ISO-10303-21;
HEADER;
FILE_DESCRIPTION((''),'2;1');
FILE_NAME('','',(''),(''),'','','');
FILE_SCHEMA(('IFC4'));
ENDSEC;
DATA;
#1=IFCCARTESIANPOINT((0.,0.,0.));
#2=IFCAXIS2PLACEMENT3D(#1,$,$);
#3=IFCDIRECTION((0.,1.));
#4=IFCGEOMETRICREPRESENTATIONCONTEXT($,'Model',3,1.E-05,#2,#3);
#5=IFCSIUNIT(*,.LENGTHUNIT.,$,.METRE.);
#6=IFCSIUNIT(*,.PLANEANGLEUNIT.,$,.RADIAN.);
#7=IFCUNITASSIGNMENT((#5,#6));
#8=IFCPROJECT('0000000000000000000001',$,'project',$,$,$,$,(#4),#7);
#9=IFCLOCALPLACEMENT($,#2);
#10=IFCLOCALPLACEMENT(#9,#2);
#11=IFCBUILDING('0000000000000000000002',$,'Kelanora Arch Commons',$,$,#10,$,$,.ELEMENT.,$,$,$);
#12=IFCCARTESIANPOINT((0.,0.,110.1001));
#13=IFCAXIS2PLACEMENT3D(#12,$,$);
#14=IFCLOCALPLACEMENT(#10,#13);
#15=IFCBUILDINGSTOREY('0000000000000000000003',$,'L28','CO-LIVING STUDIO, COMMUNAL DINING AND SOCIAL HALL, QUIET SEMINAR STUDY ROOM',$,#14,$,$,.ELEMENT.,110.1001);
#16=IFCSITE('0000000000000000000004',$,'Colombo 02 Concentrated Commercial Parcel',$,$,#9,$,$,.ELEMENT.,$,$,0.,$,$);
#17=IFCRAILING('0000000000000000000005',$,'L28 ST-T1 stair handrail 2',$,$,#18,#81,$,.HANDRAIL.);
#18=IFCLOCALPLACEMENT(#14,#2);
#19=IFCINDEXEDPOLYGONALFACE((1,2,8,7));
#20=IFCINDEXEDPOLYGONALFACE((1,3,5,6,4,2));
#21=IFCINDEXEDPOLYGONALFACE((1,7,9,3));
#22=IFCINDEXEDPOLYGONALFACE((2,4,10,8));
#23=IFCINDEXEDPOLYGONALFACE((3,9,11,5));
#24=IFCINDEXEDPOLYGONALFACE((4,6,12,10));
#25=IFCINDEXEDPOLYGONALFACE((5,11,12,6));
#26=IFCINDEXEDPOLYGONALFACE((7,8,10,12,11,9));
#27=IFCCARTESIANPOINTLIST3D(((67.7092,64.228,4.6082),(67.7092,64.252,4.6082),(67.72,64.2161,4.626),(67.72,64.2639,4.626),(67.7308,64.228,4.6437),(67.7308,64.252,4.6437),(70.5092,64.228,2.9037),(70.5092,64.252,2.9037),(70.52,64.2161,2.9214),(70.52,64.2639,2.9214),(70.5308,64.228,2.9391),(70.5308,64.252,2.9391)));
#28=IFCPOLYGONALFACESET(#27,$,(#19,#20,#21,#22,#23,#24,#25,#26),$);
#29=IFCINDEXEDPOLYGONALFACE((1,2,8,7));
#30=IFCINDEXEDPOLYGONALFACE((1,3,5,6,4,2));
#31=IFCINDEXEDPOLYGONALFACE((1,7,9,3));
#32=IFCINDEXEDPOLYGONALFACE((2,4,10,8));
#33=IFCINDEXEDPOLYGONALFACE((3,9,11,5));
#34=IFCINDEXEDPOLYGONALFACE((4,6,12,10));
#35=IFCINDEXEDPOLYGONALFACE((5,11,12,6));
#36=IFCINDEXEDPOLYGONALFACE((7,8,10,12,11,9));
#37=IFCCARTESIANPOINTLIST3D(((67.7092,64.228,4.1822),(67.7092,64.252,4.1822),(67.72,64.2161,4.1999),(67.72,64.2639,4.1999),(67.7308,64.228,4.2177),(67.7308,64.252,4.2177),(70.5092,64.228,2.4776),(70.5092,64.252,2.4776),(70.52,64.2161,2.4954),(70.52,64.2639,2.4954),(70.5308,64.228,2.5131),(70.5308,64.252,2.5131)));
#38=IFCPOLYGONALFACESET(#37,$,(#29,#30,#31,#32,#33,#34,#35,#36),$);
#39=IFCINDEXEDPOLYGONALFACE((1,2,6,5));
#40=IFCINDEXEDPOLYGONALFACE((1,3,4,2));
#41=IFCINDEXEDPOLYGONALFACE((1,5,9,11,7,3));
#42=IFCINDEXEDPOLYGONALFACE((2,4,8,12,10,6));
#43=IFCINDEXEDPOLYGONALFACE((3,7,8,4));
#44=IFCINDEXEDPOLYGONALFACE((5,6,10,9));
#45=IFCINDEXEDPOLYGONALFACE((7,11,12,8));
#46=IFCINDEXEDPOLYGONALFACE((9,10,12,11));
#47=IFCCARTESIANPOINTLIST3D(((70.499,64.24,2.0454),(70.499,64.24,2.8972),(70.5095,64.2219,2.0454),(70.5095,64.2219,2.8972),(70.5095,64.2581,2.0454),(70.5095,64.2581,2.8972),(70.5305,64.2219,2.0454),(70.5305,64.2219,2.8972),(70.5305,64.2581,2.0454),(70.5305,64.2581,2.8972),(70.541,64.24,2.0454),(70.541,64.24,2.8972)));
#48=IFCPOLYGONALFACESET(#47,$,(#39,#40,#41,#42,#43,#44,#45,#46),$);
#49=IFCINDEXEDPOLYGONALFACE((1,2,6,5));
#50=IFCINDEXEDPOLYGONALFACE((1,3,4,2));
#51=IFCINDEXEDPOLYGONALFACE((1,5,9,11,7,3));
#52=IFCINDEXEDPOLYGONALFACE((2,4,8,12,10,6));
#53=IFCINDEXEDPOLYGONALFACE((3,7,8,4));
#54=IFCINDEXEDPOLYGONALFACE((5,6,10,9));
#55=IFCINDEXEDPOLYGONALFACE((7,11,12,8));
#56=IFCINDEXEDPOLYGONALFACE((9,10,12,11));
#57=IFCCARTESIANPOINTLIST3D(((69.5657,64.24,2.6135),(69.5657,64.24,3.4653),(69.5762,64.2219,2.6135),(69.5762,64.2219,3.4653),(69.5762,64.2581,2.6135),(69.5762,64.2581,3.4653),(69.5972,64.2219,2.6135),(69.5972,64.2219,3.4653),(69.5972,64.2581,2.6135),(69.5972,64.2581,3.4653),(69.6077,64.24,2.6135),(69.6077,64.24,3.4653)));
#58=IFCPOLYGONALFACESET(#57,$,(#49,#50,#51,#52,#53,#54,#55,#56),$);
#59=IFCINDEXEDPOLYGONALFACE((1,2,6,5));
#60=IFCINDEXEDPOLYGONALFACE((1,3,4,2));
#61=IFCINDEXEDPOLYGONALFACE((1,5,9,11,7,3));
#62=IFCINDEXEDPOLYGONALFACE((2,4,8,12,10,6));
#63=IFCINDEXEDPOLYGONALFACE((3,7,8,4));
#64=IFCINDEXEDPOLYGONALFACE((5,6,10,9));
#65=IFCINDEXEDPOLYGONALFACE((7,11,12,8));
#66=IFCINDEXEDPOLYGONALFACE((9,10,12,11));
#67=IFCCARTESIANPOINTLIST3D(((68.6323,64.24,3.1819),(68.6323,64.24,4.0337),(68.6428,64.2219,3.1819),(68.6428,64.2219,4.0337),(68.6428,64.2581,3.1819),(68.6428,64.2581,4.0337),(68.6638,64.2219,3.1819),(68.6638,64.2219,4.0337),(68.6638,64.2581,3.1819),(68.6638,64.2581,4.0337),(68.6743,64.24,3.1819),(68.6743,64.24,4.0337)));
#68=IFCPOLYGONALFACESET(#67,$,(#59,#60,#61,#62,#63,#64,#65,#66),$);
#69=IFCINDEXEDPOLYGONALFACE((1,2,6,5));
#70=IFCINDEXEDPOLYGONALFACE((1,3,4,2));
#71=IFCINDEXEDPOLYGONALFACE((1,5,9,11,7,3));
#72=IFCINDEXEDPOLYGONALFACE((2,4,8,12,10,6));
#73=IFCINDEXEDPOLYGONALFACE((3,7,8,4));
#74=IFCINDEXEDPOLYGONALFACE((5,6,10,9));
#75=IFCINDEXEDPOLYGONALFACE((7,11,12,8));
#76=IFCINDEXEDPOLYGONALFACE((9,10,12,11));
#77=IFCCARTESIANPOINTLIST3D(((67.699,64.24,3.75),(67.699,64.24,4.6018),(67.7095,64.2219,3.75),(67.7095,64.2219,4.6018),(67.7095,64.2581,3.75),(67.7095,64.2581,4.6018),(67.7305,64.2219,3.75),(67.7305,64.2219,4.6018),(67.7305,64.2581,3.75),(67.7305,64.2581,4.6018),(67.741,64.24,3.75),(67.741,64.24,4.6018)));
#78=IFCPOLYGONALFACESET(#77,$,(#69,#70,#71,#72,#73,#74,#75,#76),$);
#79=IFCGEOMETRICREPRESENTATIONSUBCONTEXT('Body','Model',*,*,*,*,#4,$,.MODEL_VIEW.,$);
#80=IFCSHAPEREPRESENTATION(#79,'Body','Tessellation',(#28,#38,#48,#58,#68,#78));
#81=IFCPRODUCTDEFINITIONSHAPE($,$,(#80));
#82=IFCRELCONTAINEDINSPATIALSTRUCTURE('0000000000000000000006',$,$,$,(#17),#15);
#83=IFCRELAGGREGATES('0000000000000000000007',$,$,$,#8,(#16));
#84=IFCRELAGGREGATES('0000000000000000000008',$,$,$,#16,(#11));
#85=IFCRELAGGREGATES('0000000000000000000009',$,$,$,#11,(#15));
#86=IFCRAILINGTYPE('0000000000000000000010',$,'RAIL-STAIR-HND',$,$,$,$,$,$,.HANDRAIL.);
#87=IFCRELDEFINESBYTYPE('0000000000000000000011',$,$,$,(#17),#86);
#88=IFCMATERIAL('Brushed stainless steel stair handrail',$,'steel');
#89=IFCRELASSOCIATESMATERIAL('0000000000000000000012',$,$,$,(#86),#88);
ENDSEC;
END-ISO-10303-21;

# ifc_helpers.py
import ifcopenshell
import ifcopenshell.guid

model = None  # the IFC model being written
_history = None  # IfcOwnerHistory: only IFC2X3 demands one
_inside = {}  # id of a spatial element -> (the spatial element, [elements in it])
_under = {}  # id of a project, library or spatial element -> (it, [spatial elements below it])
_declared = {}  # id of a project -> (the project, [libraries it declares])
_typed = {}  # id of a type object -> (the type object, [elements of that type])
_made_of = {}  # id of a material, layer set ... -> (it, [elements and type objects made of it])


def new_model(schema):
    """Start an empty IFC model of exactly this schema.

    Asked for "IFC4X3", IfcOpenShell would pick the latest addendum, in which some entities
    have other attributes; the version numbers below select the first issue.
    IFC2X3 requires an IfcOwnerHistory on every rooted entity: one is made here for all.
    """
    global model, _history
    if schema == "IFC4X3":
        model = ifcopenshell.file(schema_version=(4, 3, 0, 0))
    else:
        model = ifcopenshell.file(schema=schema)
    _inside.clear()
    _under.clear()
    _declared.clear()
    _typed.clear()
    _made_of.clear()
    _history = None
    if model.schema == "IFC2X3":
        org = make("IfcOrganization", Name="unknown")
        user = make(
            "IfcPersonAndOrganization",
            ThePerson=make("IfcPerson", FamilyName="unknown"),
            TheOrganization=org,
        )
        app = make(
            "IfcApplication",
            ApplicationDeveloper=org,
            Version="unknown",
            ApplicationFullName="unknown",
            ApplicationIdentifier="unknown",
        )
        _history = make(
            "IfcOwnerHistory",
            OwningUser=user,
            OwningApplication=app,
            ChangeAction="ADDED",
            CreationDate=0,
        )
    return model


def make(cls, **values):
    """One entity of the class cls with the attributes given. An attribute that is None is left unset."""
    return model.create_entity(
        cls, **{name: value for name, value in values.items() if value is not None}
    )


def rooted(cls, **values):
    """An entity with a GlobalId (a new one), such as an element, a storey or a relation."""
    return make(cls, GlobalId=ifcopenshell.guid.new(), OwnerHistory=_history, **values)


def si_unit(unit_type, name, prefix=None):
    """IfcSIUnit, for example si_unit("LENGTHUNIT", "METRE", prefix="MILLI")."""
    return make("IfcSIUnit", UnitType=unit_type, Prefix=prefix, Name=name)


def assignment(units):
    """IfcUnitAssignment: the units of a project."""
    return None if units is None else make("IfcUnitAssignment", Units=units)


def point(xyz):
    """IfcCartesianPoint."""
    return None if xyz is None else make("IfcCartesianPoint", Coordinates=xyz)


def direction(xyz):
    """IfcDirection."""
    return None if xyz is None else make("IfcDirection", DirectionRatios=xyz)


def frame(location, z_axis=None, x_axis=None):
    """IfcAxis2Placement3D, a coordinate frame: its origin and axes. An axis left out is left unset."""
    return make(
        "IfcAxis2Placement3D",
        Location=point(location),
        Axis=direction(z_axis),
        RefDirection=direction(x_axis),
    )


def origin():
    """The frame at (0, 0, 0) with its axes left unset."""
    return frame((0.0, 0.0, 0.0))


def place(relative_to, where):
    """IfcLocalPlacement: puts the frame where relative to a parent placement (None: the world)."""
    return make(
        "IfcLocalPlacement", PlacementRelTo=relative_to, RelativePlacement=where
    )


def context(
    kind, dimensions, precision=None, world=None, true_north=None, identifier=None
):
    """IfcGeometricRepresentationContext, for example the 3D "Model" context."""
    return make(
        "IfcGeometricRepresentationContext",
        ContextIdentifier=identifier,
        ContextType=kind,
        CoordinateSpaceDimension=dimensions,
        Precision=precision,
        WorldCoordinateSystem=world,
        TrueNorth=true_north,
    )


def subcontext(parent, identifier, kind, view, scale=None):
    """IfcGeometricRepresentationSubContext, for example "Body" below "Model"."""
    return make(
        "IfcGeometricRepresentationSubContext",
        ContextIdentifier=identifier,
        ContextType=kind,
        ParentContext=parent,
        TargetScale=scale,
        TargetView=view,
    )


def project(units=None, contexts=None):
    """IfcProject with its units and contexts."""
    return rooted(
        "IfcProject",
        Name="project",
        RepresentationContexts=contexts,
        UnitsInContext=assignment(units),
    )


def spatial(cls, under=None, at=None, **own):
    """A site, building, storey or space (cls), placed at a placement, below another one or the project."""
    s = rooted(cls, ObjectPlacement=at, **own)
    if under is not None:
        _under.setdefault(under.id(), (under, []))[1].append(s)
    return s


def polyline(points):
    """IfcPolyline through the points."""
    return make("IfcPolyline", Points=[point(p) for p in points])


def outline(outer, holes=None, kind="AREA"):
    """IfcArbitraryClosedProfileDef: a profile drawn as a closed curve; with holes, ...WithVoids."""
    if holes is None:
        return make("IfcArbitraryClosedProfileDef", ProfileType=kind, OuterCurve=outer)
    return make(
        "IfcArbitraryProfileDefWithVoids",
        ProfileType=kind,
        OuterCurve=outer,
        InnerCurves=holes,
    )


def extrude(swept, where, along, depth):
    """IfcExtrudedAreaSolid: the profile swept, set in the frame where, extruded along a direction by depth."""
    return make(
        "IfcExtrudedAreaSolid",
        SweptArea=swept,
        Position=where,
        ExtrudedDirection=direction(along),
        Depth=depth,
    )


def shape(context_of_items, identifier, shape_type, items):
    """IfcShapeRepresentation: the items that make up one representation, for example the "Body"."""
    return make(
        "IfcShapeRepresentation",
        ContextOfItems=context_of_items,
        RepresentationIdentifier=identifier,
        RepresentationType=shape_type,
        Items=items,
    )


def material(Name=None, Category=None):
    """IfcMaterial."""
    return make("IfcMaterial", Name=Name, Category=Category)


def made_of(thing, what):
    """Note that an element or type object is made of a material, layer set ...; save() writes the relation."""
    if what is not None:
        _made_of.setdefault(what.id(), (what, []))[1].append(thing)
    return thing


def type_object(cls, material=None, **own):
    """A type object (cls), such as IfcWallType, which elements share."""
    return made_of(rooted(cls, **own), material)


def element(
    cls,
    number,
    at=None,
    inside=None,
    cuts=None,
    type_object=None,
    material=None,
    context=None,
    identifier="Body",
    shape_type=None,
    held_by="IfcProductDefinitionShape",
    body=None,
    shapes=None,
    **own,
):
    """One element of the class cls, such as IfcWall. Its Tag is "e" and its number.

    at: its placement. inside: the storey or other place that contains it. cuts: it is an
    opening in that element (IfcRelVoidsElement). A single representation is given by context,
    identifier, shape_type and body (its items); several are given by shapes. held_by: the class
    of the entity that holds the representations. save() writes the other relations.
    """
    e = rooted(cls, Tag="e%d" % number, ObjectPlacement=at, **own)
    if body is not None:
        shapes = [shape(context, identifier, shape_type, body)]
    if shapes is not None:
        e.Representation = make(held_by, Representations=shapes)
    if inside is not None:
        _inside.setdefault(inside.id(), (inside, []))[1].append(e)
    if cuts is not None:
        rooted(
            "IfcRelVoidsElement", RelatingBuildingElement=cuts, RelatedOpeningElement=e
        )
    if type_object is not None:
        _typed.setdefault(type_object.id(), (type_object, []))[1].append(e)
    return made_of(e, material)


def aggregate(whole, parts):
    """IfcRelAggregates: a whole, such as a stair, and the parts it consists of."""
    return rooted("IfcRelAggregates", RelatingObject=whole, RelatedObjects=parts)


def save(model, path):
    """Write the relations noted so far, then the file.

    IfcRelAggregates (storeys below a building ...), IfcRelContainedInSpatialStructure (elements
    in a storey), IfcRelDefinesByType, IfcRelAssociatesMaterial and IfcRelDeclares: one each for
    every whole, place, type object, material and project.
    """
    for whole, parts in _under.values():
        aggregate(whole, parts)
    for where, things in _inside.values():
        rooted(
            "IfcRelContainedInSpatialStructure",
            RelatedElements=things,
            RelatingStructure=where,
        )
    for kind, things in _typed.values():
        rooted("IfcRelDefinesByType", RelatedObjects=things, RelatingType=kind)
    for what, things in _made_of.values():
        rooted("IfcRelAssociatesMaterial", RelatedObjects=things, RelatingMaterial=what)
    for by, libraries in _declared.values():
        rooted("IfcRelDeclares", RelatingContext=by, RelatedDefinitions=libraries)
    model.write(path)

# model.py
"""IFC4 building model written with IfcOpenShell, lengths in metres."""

from ifc_helpers import new_model, si_unit, direction, frame, origin, place, context, subcontext, project, spatial, polyline, outline, extrude, material, type_object, element, save


model = new_model("IFC4")

# Units and contexts
model_context = context("Model", 3, precision=1e-05, world=origin(), true_north=direction((0.0, 1.0)))
body_context = subcontext(model_context, "Body", "Model", "MODEL_VIEW")
ifc_project = project(units=[si_unit("LENGTHUNIT", "METRE"), si_unit("PLANEANGLEUNIT", "RADIAN")], contexts=[model_context])

# Site, building, storey
site_placement = place(None, origin())
site = spatial("IfcSite", under=ifc_project, at=site_placement, Name="Colombo 02 Concentrated Commercial Parcel", CompositionType="ELEMENT", RefElevation=0.0)
building_placement = place(site_placement, origin())
building = spatial("IfcBuilding", under=site, at=building_placement, Name="Kelanora Arch Commons", CompositionType="ELEMENT")
storey_placement = place(building_placement, frame((0.0, 0.0, 110.1001)))
storey = spatial("IfcBuildingStorey", under=building, at=storey_placement, Name="L28", Description="CO-LIVING STUDIO, COMMUNAL DINING AND SOCIAL HALL, QUIET SEMINAR STUDY ROOM", CompositionType="ELEMENT", Elevation=110.1001)

# Railing
ifc_material_1 = material(Name="Brushed stainless steel stair handrail", Category="steel")
railing_type_1 = type_object("IfcRailingType", Name="RAIL-STAIR-HND", PredefinedType="HANDRAIL", material=ifc_material_1)
railing_1_placement = place(storey_placement, frame((70.52, 64.24, 2.0454)))
element("IfcRailing", 1, at=railing_1_placement, inside=storey, type_object=railing_type_1, Name="L28 ST-T1 stair handrail 2", PredefinedType="HANDRAIL", context=body_context, shape_type="SweptSolid", body=[
    extrude(outline(polyline([(0.0239, 0.0), (0.012, 0.0208), (-0.012, 0.0208), (-0.0239, 0.0), (-0.012, -0.0208), (0.012, -0.0208), (0.0239, 0.0)])), frame((0.0, 0.0, 0.876), z_axis=(-0.85417, 0.0, 0.519994), x_axis=(0.0, -1.0, 0.0)), (0.0, 0.0, 1.0), 3.2781),
    extrude(outline(polyline([(0.0239, 0.0), (0.012, 0.0208), (-0.012, 0.0208), (-0.0239, 0.0), (-0.012, -0.0208), (0.012, -0.0208), (0.0239, 0.0)])), frame((0.0, 0.0, 0.45), z_axis=(-0.85417, 0.0, 0.519994), x_axis=(0.0, -1.0, 0.0)), (0.0, 0.0, 1.0), 3.2781),
    extrude(outline(polyline([(0.021, 0.0), (0.0105, 0.0181), (-0.0105, 0.0181), (-0.021, 0.0), (-0.0105, -0.0181), (0.0105, -0.0181), (0.021, 0.0)])), origin(), (0.0, 0.0, 1.0), 0.8518),
    extrude(outline(polyline([(0.021, 0.0), (0.0105, 0.0181), (-0.0105, 0.0181), (-0.021, 0.0), (-0.0105, -0.0181), (0.0105, -0.0181), (0.021, 0.0)])), frame((-0.9333, 0.0, 0.5681)), (0.0, 0.0, 1.0), 0.8518),
    extrude(outline(polyline([(0.021, 0.0), (0.0105, 0.0181), (-0.0105, 0.0181), (-0.021, 0.0), (-0.0105, -0.0181), (0.0105, -0.0181), (0.021, 0.0)])), frame((-1.8667, 0.0, 1.1365)), (0.0, 0.0, 1.0), 0.8518),
    extrude(outline(polyline([(0.021, 0.0), (0.0105, 0.0181), (-0.0105, 0.0181), (-0.021, 0.0), (-0.0105, -0.0181), (0.0105, -0.0181), (0.021, 0.0)])), frame((-2.8, 0.0, 1.7046)), (0.0, 0.0, 1.0), 0.8518),
])

save(model, "model.ifc")
